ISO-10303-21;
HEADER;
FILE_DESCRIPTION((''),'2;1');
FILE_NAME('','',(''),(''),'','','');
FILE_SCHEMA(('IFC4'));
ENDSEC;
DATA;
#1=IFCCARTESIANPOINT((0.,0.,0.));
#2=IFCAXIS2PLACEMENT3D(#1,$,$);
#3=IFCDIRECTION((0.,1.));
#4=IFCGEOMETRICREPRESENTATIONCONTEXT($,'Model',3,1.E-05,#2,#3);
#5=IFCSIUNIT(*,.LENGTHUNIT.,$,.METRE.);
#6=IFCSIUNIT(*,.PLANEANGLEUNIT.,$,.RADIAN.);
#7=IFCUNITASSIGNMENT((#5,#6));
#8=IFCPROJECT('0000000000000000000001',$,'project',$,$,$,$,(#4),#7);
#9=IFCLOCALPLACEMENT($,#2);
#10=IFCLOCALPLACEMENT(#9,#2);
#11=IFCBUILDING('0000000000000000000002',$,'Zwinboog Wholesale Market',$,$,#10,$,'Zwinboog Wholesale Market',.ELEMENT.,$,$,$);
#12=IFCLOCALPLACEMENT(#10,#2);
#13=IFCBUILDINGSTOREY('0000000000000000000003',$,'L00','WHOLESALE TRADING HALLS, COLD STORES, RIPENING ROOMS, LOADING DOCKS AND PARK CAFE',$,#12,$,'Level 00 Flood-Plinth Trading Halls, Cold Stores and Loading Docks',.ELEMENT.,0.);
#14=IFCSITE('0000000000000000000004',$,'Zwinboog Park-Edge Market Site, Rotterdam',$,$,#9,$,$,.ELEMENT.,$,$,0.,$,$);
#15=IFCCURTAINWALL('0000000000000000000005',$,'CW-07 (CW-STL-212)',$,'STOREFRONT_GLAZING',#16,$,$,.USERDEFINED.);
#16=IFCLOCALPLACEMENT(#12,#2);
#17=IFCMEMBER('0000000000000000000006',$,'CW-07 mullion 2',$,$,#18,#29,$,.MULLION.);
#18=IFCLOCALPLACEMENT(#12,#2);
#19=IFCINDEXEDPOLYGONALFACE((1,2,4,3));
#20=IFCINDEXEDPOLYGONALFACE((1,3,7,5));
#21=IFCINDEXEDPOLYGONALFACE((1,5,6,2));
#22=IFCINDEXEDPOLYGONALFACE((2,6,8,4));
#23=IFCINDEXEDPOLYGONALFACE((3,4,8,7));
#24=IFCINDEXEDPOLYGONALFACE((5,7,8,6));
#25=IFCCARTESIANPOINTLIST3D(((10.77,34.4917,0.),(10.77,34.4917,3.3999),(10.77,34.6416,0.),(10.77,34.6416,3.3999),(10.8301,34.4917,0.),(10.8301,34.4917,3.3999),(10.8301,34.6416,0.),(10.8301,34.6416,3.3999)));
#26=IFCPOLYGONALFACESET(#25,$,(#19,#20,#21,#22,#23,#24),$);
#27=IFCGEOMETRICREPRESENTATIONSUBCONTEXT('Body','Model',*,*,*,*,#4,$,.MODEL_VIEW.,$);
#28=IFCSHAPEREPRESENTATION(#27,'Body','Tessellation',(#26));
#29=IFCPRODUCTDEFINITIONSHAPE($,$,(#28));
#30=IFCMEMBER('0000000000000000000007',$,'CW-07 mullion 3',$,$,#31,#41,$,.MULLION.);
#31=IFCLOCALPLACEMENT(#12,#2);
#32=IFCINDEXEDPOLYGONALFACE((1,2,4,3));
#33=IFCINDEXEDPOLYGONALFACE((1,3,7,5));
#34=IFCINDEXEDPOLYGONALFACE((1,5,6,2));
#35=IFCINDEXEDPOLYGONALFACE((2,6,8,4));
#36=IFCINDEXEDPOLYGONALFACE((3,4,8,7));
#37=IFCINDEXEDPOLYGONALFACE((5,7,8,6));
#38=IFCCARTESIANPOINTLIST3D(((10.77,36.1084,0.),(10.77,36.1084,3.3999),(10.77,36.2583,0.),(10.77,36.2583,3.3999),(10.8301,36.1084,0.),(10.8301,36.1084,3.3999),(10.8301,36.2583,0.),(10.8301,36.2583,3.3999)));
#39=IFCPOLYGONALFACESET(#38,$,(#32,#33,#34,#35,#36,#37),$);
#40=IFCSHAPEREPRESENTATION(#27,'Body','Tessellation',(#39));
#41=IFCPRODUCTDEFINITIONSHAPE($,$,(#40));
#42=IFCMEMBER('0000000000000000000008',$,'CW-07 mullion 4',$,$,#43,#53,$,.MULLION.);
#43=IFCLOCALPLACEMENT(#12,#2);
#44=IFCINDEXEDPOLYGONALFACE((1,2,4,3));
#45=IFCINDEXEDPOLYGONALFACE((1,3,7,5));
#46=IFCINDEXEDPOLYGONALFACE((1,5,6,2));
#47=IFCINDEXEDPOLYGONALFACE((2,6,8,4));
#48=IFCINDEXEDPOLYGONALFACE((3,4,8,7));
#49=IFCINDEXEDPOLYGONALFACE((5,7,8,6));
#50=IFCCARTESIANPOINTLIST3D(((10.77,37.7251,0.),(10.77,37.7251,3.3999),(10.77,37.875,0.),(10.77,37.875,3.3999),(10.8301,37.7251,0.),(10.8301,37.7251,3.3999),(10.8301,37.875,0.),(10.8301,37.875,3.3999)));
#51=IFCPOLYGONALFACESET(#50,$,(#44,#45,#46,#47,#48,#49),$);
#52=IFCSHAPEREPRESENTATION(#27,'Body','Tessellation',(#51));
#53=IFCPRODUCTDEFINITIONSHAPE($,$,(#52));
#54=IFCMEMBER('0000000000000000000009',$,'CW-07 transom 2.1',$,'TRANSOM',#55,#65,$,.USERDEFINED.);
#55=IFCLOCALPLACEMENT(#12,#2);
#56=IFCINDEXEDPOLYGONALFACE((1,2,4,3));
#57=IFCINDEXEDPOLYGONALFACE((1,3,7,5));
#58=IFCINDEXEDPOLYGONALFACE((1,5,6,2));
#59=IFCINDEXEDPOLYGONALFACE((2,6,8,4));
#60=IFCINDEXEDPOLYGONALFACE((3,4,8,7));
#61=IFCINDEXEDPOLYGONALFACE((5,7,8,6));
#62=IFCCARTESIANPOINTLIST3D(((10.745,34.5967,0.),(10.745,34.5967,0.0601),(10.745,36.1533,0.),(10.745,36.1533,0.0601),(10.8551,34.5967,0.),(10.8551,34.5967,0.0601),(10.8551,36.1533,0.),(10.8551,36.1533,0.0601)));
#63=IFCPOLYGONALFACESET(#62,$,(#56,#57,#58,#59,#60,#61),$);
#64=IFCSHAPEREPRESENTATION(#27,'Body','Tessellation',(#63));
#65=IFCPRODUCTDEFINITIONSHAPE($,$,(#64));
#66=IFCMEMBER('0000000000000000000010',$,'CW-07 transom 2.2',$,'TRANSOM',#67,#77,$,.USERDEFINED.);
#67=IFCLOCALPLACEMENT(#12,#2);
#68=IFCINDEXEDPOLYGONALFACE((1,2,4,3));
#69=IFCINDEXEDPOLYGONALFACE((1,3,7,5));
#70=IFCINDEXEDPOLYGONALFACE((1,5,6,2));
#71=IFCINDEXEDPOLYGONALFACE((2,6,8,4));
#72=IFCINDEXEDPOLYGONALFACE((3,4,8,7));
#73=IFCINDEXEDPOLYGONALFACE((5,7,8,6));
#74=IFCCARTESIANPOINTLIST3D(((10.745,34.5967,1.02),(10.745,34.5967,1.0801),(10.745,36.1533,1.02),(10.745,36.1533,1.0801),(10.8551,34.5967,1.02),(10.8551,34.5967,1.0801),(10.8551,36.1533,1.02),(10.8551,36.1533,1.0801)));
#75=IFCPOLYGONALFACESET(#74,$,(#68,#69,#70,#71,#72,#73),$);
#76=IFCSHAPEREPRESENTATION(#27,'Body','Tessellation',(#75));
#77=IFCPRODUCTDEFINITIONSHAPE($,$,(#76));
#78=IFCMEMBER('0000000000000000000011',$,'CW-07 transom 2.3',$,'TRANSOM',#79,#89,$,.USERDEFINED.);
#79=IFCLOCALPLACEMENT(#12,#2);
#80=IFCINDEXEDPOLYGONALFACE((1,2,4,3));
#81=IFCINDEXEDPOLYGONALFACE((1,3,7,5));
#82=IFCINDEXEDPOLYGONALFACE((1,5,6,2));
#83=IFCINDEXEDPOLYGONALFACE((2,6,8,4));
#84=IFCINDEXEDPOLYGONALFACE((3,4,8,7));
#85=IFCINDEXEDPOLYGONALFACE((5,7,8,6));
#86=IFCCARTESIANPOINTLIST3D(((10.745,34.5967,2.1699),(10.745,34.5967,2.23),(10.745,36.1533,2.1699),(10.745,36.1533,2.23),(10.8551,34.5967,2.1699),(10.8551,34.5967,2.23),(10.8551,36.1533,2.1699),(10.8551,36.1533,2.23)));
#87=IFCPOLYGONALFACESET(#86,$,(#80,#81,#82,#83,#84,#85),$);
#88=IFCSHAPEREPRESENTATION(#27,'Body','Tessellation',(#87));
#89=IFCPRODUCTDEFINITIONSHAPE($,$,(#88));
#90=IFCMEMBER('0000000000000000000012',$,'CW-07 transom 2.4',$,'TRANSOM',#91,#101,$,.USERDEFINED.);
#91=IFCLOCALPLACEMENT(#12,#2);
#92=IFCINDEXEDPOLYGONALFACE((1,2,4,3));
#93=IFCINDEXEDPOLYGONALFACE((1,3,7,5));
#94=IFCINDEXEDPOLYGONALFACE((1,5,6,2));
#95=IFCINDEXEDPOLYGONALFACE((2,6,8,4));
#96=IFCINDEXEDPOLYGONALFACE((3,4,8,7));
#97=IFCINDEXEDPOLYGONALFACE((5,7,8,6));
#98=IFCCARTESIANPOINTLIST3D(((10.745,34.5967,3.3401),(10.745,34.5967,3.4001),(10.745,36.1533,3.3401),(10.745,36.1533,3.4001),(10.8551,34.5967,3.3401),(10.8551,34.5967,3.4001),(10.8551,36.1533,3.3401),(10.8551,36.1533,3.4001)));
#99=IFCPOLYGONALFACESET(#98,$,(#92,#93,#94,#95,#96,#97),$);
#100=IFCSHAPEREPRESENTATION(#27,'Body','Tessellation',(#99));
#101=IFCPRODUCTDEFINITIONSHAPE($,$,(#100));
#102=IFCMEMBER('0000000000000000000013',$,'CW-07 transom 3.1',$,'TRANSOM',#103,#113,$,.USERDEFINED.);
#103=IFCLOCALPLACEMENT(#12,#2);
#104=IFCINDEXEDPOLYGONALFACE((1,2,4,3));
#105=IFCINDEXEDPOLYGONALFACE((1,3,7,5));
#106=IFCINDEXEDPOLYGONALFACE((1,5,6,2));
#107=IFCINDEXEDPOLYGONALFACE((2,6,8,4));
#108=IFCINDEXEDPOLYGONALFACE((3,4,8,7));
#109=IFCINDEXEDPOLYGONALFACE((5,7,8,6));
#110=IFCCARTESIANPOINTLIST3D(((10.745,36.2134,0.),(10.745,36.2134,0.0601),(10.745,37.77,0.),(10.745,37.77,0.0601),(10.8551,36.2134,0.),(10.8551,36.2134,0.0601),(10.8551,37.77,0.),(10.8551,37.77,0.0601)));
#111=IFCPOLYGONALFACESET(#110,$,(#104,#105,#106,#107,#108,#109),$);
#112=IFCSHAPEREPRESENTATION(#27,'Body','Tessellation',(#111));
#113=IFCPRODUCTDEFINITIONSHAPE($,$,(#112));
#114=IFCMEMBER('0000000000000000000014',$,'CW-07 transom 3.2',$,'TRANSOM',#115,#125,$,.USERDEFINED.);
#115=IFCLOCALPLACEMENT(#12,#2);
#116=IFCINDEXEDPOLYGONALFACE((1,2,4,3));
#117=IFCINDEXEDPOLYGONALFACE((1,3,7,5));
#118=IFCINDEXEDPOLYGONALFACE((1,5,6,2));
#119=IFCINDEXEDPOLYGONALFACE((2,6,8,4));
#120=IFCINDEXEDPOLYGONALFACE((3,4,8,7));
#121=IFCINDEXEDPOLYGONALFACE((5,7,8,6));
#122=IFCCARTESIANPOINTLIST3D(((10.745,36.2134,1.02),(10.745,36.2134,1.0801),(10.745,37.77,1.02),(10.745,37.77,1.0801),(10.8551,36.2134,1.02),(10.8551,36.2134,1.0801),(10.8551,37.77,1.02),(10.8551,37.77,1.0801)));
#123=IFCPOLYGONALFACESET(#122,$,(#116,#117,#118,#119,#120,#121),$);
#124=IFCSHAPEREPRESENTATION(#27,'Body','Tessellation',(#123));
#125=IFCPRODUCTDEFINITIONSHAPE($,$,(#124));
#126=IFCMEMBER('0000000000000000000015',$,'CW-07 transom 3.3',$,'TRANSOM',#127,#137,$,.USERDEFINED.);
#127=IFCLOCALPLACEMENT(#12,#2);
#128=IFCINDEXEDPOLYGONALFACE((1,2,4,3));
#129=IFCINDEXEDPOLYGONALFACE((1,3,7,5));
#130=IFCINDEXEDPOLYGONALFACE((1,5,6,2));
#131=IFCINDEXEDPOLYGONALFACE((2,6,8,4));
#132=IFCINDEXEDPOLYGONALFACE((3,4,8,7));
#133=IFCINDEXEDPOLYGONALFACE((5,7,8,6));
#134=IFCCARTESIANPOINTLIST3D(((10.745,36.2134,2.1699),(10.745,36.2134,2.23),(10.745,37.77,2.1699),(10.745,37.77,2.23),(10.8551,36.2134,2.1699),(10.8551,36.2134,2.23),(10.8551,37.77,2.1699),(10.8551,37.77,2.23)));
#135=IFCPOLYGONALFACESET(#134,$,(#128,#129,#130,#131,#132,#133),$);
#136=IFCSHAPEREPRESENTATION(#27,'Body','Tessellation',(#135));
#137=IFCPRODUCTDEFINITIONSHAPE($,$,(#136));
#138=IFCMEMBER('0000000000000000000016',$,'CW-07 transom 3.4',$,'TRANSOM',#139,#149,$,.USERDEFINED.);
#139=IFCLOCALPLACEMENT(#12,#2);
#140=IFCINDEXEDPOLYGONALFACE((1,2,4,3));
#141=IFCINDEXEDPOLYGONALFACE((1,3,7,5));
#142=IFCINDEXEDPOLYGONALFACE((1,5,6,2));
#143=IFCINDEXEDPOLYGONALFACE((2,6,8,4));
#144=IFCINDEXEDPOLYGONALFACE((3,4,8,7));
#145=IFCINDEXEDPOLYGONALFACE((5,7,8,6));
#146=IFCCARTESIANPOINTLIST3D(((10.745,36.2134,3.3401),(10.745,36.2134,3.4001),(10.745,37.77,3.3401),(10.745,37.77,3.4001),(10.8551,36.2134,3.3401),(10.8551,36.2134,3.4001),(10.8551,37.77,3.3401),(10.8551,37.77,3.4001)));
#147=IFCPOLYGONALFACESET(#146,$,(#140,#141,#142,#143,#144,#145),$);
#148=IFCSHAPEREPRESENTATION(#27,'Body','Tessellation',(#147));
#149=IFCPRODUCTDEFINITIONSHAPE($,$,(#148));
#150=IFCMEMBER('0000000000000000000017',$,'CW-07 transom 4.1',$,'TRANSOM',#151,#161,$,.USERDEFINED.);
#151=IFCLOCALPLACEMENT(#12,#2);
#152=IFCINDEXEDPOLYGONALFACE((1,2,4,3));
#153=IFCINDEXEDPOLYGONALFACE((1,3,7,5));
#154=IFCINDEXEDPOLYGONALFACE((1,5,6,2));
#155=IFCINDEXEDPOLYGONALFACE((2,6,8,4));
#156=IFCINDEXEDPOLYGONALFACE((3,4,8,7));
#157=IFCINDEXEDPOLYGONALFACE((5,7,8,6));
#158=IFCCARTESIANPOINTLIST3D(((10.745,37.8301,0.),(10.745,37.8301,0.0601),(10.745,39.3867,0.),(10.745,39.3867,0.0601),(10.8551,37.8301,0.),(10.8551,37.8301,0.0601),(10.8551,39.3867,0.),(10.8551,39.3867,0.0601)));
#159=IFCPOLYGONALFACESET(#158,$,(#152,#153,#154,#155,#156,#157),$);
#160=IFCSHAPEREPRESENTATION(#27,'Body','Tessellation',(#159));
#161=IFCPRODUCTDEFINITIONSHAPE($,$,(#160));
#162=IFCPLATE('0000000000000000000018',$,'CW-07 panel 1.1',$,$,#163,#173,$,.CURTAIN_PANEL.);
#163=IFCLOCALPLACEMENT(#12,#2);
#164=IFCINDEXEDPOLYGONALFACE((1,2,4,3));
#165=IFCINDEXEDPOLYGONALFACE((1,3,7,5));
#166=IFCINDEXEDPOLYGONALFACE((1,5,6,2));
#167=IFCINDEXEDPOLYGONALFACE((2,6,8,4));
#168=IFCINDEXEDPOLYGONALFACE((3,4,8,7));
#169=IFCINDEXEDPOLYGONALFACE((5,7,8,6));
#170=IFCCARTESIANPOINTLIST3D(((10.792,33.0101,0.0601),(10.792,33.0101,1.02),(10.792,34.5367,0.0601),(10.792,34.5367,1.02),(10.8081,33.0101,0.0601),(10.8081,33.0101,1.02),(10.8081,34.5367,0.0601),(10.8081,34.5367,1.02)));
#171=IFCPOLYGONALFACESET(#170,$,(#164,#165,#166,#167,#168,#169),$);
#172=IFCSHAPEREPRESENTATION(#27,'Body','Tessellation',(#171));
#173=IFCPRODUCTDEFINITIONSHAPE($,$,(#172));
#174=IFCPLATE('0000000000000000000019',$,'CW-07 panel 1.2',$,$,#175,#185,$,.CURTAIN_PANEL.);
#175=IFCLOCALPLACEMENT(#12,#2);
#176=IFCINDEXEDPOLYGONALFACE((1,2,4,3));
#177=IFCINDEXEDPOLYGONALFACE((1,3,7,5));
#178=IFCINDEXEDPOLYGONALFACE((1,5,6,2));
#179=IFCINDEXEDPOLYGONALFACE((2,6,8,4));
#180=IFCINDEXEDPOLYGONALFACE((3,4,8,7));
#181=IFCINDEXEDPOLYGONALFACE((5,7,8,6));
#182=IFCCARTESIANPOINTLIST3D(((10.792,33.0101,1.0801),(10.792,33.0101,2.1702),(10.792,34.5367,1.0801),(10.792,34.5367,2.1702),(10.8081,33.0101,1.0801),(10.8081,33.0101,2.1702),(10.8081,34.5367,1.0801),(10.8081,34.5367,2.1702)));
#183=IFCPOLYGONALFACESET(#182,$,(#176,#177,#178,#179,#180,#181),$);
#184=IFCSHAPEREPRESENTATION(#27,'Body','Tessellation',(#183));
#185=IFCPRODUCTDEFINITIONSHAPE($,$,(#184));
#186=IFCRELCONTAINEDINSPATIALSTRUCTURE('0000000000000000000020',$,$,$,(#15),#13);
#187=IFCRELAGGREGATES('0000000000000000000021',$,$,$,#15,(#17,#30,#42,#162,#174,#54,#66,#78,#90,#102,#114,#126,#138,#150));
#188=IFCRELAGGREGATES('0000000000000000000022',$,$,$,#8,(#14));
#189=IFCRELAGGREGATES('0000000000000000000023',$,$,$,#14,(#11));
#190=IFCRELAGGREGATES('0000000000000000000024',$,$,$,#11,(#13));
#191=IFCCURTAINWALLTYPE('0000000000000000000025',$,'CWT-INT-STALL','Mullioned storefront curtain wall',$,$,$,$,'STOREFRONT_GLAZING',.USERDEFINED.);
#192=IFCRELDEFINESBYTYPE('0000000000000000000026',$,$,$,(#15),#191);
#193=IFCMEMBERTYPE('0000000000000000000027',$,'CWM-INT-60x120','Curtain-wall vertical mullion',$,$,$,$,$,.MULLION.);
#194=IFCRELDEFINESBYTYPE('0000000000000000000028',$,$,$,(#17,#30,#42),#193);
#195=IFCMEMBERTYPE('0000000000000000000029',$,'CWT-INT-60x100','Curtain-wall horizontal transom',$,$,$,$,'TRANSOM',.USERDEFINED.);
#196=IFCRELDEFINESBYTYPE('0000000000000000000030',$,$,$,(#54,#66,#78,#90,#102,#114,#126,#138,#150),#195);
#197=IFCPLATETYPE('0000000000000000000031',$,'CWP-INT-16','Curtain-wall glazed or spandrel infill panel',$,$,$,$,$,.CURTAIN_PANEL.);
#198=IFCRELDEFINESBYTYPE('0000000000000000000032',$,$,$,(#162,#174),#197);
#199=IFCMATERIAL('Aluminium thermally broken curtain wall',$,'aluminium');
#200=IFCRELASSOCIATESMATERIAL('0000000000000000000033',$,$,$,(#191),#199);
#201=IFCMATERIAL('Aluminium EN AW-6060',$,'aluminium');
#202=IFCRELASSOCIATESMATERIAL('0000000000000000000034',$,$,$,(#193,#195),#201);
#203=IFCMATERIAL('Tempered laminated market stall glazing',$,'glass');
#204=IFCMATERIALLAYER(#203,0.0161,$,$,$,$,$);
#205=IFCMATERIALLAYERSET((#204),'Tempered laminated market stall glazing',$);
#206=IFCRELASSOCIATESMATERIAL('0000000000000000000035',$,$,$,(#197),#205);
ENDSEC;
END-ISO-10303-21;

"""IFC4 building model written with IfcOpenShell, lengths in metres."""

from ifc_helpers import new_model, si_unit, direction, frame, origin, origin_2d, place, context, subcontext, project, spatial, rectangle, extrude, material, layer, layer_set, material_profile, profile_set, type_object, element, aggregate, save


model = new_model("IFC4")

# Units and contexts
model_context = context("Model", 3, precision=1e-05, world=origin(), true_north=direction((0.0, 1.0)))
body_context = subcontext(model_context, "Body", "Model", "MODEL_VIEW")
ifc_project = project(units=[si_unit("LENGTHUNIT", "METRE"), si_unit("PLANEANGLEUNIT", "RADIAN")], contexts=[model_context])

# Site, building, storey
site_placement = place(None, origin())
site = spatial("IfcSite", under=ifc_project, at=site_placement, Name="Zwinboog Park-Edge Market Site, Rotterdam", CompositionType="ELEMENT", RefElevation=0.0)
building_placement = place(site_placement, origin())
building = spatial("IfcBuilding", under=site, at=building_placement, Name="Zwinboog Wholesale Market", LongName="Zwinboog Wholesale Market", CompositionType="ELEMENT")
storey_placement = place(building_placement, origin())
storey = spatial("IfcBuildingStorey", under=building, at=storey_placement, Name="L00", Description="WHOLESALE TRADING HALLS, COLD STORES, RIPENING ROOMS, LOADING DOCKS AND PARK CAFE", LongName="Level 00 Flood-Plinth Trading Halls, Cold Stores and Loading Docks", CompositionType="ELEMENT", Elevation=0.0)

# Curtain wall, members, plates
ifc_material_1 = material(Name="Aluminium thermally broken curtain wall", Category="aluminium")
curtain_wall_type = type_object("IfcCurtainWallType", Name="CWT-INT-STALL", Description="Mullioned storefront curtain wall", ElementType="STOREFRONT_GLAZING", PredefinedType="USERDEFINED", material=ifc_material_1)
curtain_wall_placement = place(storey_placement, origin())
curtain_wall = element("IfcCurtainWall", 1, at=curtain_wall_placement, inside=storey, type_object=curtain_wall_type, Name="CW-07 (CW-STL-212)", ObjectType="STOREFRONT_GLAZING", PredefinedType="USERDEFINED")
ifc_material_2 = material(Name="Aluminium EN AW-6060", Category="aluminium")
ifc_material_profile_1 = material_profile(ifc_material_2, rectangle(XDim=0.0601, YDim=0.1499, at=origin_2d()), Name="AL 60x150")
ifc_profile_set_1 = profile_set([ifc_material_profile_1], Name="Aluminium EN AW-6060")
member_type_1 = type_object("IfcMemberType", Name="CWM-INT-60x120", Description="Curtain-wall vertical mullion", PredefinedType="MULLION", material=ifc_profile_set_1)
member_1_placement = place(storey_placement, frame((10.8, 34.5667, 0.0), z_axis=(0.0, 0.0, 1.0), x_axis=(-1.0, 0.0, 0.0)))
member_1 = element("IfcMember", 2, at=member_1_placement, type_object=member_type_1, Name="CW-07 mullion 2", PredefinedType="MULLION", context=body_context, shape_type="SweptSolid", body=[
    extrude(rectangle(XDim=0.0601, YDim=0.1499, at=origin_2d()), origin(), (0.0, 0.0, 1.0), 3.3999),
])
member_2_placement = place(storey_placement, frame((10.8, 36.1833, 0.0), z_axis=(0.0, 0.0, 1.0), x_axis=(-1.0, 0.0, 0.0)))
member_2 = element("IfcMember", 3, at=member_2_placement, type_object=member_type_1, Name="CW-07 mullion 3", PredefinedType="MULLION", context=body_context, shape_type="SweptSolid", body=[
    extrude(rectangle(XDim=0.0601, YDim=0.1499, at=origin_2d()), origin(), (0.0, 0.0, 1.0), 3.3999),
])
member_3_placement = place(storey_placement, frame((10.8, 37.8, 0.0), z_axis=(0.0, 0.0, 1.0), x_axis=(-1.0, 0.0, 0.0)))
member_3 = element("IfcMember", 4, at=member_3_placement, type_object=member_type_1, Name="CW-07 mullion 4", PredefinedType="MULLION", context=body_context, shape_type="SweptSolid", body=[
    extrude(rectangle(XDim=0.0601, YDim=0.1499, at=origin_2d()), origin(), (0.0, 0.0, 1.0), 3.3999),
])
ifc_material_profile_2 = material_profile(ifc_material_2, rectangle(XDim=0.1101, YDim=0.0601, at=origin_2d()), Name="AL 60x110")
ifc_profile_set_2 = profile_set([ifc_material_profile_2], Name="Aluminium EN AW-6060")
member_type_2 = type_object("IfcMemberType", Name="CWT-INT-60x100", Description="Curtain-wall horizontal transom", ElementType="TRANSOM", PredefinedType="USERDEFINED", material=ifc_profile_set_2)
member_4_placement = place(storey_placement, frame((10.8, 34.5967, 0.03), z_axis=(0.0, 1.0, 0.0), x_axis=(-1.0, 0.0, 0.0)))
member_4 = element("IfcMember", 5, at=member_4_placement, type_object=member_type_2, Name="CW-07 transom 2.1", ObjectType="TRANSOM", PredefinedType="USERDEFINED", context=body_context, shape_type="SweptSolid", body=[
    extrude(rectangle(XDim=0.1101, YDim=0.0601, at=origin_2d()), origin(), (0.0, 0.0, 1.0), 1.5566),
])
member_5_placement = place(storey_placement, frame((10.8, 34.5967, 1.05), z_axis=(0.0, 1.0, 0.0), x_axis=(-1.0, 0.0, 0.0)))
member_5 = element("IfcMember", 6, at=member_5_placement, type_object=member_type_2, Name="CW-07 transom 2.2", ObjectType="TRANSOM", PredefinedType="USERDEFINED", context=body_context, shape_type="SweptSolid", body=[
    extrude(rectangle(XDim=0.1101, YDim=0.0601, at=origin_2d()), origin(), (0.0, 0.0, 1.0), 1.5566),
])
member_6_placement = place(storey_placement, frame((10.8, 34.5967, 2.2), z_axis=(0.0, 1.0, 0.0), x_axis=(-1.0, 0.0, 0.0)))
member_6 = element("IfcMember", 7, at=member_6_placement, type_object=member_type_2, Name="CW-07 transom 2.3", ObjectType="TRANSOM", PredefinedType="USERDEFINED", context=body_context, shape_type="SweptSolid", body=[
    extrude(rectangle(XDim=0.1101, YDim=0.0601, at=origin_2d()), origin(), (0.0, 0.0, 1.0), 1.5566),
])
member_7_placement = place(storey_placement, frame((10.8, 34.5967, 3.3701), z_axis=(0.0, 1.0, 0.0), x_axis=(-1.0, 0.0, 0.0)))
member_7 = element("IfcMember", 8, at=member_7_placement, type_object=member_type_2, Name="CW-07 transom 2.4", ObjectType="TRANSOM", PredefinedType="USERDEFINED", context=body_context, shape_type="SweptSolid", body=[
    extrude(rectangle(XDim=0.1101, YDim=0.0601, at=origin_2d()), origin(), (0.0, 0.0, 1.0), 1.5566),
])
member_8_placement = place(storey_placement, frame((10.8, 36.2134, 0.03), z_axis=(0.0, 1.0, 0.0), x_axis=(-1.0, 0.0, 0.0)))
member_8 = element("IfcMember", 9, at=member_8_placement, type_object=member_type_2, Name="CW-07 transom 3.1", ObjectType="TRANSOM", PredefinedType="USERDEFINED", context=body_context, shape_type="SweptSolid", body=[
    extrude(rectangle(XDim=0.1101, YDim=0.0601, at=origin_2d()), origin(), (0.0, 0.0, 1.0), 1.5566),
])
member_9_placement = place(storey_placement, frame((10.8, 36.2134, 1.05), z_axis=(0.0, 1.0, 0.0), x_axis=(-1.0, 0.0, 0.0)))
member_9 = element("IfcMember", 10, at=member_9_placement, type_object=member_type_2, Name="CW-07 transom 3.2", ObjectType="TRANSOM", PredefinedType="USERDEFINED", context=body_context, shape_type="SweptSolid", body=[
    extrude(rectangle(XDim=0.1101, YDim=0.0601, at=origin_2d()), origin(), (0.0, 0.0, 1.0), 1.5566),
])
member_10_placement = place(storey_placement, frame((10.8, 36.2134, 2.2), z_axis=(0.0, 1.0, 0.0), x_axis=(-1.0, 0.0, 0.0)))
member_10 = element("IfcMember", 11, at=member_10_placement, type_object=member_type_2, Name="CW-07 transom 3.3", ObjectType="TRANSOM", PredefinedType="USERDEFINED", context=body_context, shape_type="SweptSolid", body=[
    extrude(rectangle(XDim=0.1101, YDim=0.0601, at=origin_2d()), origin(), (0.0, 0.0, 1.0), 1.5566),
])
member_11_placement = place(storey_placement, frame((10.8, 36.2134, 3.3701), z_axis=(0.0, 1.0, 0.0), x_axis=(-1.0, 0.0, 0.0)))
member_11 = element("IfcMember", 12, at=member_11_placement, type_object=member_type_2, Name="CW-07 transom 3.4", ObjectType="TRANSOM", PredefinedType="USERDEFINED", context=body_context, shape_type="SweptSolid", body=[
    extrude(rectangle(XDim=0.1101, YDim=0.0601, at=origin_2d()), origin(), (0.0, 0.0, 1.0), 1.5566),
])
member_12_placement = place(storey_placement, frame((10.8, 37.8301, 0.03), z_axis=(0.0, 1.0, 0.0), x_axis=(-1.0, 0.0, 0.0)))
member_12 = element("IfcMember", 13, at=member_12_placement, type_object=member_type_2, Name="CW-07 transom 4.1", ObjectType="TRANSOM", PredefinedType="USERDEFINED", context=body_context, shape_type="SweptSolid", body=[
    extrude(rectangle(XDim=0.1101, YDim=0.0601, at=origin_2d()), origin(), (0.0, 0.0, 1.0), 1.5566),
])
ifc_material_3 = material(Name="Tempered laminated market stall glazing", Category="glass")
ifc_layer = layer(ifc_material_3, 0.0161)
ifc_layer_set = layer_set([ifc_layer], Name="Tempered laminated market stall glazing")
plate_type = type_object("IfcPlateType", Name="CWP-INT-16", Description="Curtain-wall glazed or spandrel infill panel", PredefinedType="CURTAIN_PANEL", material=ifc_layer_set)
plate_1_placement = place(storey_placement, frame((10.8, 33.7734, 0.0601), z_axis=(0.0, 0.0, 1.0), x_axis=(0.0, 1.0, 0.0)))
plate_1 = element("IfcPlate", 14, at=plate_1_placement, type_object=plate_type, Name="CW-07 panel 1.1", PredefinedType="CURTAIN_PANEL", context=body_context, shape_type="SweptSolid", body=[
    extrude(rectangle(XDim=1.5266, YDim=0.0161, at=origin_2d()), origin(), (0.0, 0.0, 1.0), 0.96),
])
plate_2_placement = place(storey_placement, frame((10.8, 33.7734, 1.0801), z_axis=(0.0, 0.0, 1.0), x_axis=(0.0, 1.0, 0.0)))
plate_2 = element("IfcPlate", 15, at=plate_2_placement, type_object=plate_type, Name="CW-07 panel 1.2", PredefinedType="CURTAIN_PANEL", context=body_context, shape_type="SweptSolid", body=[
    extrude(rectangle(XDim=1.5266, YDim=0.0161, at=origin_2d()), origin(), (0.0, 0.0, 1.0), 1.0901),
])
aggregate(curtain_wall, [member_1, member_2, member_3, plate_1, plate_2, member_4, member_5, member_6, member_7, member_8, member_9, member_10, member_11, member_12])

save(model, "model.ifc")
